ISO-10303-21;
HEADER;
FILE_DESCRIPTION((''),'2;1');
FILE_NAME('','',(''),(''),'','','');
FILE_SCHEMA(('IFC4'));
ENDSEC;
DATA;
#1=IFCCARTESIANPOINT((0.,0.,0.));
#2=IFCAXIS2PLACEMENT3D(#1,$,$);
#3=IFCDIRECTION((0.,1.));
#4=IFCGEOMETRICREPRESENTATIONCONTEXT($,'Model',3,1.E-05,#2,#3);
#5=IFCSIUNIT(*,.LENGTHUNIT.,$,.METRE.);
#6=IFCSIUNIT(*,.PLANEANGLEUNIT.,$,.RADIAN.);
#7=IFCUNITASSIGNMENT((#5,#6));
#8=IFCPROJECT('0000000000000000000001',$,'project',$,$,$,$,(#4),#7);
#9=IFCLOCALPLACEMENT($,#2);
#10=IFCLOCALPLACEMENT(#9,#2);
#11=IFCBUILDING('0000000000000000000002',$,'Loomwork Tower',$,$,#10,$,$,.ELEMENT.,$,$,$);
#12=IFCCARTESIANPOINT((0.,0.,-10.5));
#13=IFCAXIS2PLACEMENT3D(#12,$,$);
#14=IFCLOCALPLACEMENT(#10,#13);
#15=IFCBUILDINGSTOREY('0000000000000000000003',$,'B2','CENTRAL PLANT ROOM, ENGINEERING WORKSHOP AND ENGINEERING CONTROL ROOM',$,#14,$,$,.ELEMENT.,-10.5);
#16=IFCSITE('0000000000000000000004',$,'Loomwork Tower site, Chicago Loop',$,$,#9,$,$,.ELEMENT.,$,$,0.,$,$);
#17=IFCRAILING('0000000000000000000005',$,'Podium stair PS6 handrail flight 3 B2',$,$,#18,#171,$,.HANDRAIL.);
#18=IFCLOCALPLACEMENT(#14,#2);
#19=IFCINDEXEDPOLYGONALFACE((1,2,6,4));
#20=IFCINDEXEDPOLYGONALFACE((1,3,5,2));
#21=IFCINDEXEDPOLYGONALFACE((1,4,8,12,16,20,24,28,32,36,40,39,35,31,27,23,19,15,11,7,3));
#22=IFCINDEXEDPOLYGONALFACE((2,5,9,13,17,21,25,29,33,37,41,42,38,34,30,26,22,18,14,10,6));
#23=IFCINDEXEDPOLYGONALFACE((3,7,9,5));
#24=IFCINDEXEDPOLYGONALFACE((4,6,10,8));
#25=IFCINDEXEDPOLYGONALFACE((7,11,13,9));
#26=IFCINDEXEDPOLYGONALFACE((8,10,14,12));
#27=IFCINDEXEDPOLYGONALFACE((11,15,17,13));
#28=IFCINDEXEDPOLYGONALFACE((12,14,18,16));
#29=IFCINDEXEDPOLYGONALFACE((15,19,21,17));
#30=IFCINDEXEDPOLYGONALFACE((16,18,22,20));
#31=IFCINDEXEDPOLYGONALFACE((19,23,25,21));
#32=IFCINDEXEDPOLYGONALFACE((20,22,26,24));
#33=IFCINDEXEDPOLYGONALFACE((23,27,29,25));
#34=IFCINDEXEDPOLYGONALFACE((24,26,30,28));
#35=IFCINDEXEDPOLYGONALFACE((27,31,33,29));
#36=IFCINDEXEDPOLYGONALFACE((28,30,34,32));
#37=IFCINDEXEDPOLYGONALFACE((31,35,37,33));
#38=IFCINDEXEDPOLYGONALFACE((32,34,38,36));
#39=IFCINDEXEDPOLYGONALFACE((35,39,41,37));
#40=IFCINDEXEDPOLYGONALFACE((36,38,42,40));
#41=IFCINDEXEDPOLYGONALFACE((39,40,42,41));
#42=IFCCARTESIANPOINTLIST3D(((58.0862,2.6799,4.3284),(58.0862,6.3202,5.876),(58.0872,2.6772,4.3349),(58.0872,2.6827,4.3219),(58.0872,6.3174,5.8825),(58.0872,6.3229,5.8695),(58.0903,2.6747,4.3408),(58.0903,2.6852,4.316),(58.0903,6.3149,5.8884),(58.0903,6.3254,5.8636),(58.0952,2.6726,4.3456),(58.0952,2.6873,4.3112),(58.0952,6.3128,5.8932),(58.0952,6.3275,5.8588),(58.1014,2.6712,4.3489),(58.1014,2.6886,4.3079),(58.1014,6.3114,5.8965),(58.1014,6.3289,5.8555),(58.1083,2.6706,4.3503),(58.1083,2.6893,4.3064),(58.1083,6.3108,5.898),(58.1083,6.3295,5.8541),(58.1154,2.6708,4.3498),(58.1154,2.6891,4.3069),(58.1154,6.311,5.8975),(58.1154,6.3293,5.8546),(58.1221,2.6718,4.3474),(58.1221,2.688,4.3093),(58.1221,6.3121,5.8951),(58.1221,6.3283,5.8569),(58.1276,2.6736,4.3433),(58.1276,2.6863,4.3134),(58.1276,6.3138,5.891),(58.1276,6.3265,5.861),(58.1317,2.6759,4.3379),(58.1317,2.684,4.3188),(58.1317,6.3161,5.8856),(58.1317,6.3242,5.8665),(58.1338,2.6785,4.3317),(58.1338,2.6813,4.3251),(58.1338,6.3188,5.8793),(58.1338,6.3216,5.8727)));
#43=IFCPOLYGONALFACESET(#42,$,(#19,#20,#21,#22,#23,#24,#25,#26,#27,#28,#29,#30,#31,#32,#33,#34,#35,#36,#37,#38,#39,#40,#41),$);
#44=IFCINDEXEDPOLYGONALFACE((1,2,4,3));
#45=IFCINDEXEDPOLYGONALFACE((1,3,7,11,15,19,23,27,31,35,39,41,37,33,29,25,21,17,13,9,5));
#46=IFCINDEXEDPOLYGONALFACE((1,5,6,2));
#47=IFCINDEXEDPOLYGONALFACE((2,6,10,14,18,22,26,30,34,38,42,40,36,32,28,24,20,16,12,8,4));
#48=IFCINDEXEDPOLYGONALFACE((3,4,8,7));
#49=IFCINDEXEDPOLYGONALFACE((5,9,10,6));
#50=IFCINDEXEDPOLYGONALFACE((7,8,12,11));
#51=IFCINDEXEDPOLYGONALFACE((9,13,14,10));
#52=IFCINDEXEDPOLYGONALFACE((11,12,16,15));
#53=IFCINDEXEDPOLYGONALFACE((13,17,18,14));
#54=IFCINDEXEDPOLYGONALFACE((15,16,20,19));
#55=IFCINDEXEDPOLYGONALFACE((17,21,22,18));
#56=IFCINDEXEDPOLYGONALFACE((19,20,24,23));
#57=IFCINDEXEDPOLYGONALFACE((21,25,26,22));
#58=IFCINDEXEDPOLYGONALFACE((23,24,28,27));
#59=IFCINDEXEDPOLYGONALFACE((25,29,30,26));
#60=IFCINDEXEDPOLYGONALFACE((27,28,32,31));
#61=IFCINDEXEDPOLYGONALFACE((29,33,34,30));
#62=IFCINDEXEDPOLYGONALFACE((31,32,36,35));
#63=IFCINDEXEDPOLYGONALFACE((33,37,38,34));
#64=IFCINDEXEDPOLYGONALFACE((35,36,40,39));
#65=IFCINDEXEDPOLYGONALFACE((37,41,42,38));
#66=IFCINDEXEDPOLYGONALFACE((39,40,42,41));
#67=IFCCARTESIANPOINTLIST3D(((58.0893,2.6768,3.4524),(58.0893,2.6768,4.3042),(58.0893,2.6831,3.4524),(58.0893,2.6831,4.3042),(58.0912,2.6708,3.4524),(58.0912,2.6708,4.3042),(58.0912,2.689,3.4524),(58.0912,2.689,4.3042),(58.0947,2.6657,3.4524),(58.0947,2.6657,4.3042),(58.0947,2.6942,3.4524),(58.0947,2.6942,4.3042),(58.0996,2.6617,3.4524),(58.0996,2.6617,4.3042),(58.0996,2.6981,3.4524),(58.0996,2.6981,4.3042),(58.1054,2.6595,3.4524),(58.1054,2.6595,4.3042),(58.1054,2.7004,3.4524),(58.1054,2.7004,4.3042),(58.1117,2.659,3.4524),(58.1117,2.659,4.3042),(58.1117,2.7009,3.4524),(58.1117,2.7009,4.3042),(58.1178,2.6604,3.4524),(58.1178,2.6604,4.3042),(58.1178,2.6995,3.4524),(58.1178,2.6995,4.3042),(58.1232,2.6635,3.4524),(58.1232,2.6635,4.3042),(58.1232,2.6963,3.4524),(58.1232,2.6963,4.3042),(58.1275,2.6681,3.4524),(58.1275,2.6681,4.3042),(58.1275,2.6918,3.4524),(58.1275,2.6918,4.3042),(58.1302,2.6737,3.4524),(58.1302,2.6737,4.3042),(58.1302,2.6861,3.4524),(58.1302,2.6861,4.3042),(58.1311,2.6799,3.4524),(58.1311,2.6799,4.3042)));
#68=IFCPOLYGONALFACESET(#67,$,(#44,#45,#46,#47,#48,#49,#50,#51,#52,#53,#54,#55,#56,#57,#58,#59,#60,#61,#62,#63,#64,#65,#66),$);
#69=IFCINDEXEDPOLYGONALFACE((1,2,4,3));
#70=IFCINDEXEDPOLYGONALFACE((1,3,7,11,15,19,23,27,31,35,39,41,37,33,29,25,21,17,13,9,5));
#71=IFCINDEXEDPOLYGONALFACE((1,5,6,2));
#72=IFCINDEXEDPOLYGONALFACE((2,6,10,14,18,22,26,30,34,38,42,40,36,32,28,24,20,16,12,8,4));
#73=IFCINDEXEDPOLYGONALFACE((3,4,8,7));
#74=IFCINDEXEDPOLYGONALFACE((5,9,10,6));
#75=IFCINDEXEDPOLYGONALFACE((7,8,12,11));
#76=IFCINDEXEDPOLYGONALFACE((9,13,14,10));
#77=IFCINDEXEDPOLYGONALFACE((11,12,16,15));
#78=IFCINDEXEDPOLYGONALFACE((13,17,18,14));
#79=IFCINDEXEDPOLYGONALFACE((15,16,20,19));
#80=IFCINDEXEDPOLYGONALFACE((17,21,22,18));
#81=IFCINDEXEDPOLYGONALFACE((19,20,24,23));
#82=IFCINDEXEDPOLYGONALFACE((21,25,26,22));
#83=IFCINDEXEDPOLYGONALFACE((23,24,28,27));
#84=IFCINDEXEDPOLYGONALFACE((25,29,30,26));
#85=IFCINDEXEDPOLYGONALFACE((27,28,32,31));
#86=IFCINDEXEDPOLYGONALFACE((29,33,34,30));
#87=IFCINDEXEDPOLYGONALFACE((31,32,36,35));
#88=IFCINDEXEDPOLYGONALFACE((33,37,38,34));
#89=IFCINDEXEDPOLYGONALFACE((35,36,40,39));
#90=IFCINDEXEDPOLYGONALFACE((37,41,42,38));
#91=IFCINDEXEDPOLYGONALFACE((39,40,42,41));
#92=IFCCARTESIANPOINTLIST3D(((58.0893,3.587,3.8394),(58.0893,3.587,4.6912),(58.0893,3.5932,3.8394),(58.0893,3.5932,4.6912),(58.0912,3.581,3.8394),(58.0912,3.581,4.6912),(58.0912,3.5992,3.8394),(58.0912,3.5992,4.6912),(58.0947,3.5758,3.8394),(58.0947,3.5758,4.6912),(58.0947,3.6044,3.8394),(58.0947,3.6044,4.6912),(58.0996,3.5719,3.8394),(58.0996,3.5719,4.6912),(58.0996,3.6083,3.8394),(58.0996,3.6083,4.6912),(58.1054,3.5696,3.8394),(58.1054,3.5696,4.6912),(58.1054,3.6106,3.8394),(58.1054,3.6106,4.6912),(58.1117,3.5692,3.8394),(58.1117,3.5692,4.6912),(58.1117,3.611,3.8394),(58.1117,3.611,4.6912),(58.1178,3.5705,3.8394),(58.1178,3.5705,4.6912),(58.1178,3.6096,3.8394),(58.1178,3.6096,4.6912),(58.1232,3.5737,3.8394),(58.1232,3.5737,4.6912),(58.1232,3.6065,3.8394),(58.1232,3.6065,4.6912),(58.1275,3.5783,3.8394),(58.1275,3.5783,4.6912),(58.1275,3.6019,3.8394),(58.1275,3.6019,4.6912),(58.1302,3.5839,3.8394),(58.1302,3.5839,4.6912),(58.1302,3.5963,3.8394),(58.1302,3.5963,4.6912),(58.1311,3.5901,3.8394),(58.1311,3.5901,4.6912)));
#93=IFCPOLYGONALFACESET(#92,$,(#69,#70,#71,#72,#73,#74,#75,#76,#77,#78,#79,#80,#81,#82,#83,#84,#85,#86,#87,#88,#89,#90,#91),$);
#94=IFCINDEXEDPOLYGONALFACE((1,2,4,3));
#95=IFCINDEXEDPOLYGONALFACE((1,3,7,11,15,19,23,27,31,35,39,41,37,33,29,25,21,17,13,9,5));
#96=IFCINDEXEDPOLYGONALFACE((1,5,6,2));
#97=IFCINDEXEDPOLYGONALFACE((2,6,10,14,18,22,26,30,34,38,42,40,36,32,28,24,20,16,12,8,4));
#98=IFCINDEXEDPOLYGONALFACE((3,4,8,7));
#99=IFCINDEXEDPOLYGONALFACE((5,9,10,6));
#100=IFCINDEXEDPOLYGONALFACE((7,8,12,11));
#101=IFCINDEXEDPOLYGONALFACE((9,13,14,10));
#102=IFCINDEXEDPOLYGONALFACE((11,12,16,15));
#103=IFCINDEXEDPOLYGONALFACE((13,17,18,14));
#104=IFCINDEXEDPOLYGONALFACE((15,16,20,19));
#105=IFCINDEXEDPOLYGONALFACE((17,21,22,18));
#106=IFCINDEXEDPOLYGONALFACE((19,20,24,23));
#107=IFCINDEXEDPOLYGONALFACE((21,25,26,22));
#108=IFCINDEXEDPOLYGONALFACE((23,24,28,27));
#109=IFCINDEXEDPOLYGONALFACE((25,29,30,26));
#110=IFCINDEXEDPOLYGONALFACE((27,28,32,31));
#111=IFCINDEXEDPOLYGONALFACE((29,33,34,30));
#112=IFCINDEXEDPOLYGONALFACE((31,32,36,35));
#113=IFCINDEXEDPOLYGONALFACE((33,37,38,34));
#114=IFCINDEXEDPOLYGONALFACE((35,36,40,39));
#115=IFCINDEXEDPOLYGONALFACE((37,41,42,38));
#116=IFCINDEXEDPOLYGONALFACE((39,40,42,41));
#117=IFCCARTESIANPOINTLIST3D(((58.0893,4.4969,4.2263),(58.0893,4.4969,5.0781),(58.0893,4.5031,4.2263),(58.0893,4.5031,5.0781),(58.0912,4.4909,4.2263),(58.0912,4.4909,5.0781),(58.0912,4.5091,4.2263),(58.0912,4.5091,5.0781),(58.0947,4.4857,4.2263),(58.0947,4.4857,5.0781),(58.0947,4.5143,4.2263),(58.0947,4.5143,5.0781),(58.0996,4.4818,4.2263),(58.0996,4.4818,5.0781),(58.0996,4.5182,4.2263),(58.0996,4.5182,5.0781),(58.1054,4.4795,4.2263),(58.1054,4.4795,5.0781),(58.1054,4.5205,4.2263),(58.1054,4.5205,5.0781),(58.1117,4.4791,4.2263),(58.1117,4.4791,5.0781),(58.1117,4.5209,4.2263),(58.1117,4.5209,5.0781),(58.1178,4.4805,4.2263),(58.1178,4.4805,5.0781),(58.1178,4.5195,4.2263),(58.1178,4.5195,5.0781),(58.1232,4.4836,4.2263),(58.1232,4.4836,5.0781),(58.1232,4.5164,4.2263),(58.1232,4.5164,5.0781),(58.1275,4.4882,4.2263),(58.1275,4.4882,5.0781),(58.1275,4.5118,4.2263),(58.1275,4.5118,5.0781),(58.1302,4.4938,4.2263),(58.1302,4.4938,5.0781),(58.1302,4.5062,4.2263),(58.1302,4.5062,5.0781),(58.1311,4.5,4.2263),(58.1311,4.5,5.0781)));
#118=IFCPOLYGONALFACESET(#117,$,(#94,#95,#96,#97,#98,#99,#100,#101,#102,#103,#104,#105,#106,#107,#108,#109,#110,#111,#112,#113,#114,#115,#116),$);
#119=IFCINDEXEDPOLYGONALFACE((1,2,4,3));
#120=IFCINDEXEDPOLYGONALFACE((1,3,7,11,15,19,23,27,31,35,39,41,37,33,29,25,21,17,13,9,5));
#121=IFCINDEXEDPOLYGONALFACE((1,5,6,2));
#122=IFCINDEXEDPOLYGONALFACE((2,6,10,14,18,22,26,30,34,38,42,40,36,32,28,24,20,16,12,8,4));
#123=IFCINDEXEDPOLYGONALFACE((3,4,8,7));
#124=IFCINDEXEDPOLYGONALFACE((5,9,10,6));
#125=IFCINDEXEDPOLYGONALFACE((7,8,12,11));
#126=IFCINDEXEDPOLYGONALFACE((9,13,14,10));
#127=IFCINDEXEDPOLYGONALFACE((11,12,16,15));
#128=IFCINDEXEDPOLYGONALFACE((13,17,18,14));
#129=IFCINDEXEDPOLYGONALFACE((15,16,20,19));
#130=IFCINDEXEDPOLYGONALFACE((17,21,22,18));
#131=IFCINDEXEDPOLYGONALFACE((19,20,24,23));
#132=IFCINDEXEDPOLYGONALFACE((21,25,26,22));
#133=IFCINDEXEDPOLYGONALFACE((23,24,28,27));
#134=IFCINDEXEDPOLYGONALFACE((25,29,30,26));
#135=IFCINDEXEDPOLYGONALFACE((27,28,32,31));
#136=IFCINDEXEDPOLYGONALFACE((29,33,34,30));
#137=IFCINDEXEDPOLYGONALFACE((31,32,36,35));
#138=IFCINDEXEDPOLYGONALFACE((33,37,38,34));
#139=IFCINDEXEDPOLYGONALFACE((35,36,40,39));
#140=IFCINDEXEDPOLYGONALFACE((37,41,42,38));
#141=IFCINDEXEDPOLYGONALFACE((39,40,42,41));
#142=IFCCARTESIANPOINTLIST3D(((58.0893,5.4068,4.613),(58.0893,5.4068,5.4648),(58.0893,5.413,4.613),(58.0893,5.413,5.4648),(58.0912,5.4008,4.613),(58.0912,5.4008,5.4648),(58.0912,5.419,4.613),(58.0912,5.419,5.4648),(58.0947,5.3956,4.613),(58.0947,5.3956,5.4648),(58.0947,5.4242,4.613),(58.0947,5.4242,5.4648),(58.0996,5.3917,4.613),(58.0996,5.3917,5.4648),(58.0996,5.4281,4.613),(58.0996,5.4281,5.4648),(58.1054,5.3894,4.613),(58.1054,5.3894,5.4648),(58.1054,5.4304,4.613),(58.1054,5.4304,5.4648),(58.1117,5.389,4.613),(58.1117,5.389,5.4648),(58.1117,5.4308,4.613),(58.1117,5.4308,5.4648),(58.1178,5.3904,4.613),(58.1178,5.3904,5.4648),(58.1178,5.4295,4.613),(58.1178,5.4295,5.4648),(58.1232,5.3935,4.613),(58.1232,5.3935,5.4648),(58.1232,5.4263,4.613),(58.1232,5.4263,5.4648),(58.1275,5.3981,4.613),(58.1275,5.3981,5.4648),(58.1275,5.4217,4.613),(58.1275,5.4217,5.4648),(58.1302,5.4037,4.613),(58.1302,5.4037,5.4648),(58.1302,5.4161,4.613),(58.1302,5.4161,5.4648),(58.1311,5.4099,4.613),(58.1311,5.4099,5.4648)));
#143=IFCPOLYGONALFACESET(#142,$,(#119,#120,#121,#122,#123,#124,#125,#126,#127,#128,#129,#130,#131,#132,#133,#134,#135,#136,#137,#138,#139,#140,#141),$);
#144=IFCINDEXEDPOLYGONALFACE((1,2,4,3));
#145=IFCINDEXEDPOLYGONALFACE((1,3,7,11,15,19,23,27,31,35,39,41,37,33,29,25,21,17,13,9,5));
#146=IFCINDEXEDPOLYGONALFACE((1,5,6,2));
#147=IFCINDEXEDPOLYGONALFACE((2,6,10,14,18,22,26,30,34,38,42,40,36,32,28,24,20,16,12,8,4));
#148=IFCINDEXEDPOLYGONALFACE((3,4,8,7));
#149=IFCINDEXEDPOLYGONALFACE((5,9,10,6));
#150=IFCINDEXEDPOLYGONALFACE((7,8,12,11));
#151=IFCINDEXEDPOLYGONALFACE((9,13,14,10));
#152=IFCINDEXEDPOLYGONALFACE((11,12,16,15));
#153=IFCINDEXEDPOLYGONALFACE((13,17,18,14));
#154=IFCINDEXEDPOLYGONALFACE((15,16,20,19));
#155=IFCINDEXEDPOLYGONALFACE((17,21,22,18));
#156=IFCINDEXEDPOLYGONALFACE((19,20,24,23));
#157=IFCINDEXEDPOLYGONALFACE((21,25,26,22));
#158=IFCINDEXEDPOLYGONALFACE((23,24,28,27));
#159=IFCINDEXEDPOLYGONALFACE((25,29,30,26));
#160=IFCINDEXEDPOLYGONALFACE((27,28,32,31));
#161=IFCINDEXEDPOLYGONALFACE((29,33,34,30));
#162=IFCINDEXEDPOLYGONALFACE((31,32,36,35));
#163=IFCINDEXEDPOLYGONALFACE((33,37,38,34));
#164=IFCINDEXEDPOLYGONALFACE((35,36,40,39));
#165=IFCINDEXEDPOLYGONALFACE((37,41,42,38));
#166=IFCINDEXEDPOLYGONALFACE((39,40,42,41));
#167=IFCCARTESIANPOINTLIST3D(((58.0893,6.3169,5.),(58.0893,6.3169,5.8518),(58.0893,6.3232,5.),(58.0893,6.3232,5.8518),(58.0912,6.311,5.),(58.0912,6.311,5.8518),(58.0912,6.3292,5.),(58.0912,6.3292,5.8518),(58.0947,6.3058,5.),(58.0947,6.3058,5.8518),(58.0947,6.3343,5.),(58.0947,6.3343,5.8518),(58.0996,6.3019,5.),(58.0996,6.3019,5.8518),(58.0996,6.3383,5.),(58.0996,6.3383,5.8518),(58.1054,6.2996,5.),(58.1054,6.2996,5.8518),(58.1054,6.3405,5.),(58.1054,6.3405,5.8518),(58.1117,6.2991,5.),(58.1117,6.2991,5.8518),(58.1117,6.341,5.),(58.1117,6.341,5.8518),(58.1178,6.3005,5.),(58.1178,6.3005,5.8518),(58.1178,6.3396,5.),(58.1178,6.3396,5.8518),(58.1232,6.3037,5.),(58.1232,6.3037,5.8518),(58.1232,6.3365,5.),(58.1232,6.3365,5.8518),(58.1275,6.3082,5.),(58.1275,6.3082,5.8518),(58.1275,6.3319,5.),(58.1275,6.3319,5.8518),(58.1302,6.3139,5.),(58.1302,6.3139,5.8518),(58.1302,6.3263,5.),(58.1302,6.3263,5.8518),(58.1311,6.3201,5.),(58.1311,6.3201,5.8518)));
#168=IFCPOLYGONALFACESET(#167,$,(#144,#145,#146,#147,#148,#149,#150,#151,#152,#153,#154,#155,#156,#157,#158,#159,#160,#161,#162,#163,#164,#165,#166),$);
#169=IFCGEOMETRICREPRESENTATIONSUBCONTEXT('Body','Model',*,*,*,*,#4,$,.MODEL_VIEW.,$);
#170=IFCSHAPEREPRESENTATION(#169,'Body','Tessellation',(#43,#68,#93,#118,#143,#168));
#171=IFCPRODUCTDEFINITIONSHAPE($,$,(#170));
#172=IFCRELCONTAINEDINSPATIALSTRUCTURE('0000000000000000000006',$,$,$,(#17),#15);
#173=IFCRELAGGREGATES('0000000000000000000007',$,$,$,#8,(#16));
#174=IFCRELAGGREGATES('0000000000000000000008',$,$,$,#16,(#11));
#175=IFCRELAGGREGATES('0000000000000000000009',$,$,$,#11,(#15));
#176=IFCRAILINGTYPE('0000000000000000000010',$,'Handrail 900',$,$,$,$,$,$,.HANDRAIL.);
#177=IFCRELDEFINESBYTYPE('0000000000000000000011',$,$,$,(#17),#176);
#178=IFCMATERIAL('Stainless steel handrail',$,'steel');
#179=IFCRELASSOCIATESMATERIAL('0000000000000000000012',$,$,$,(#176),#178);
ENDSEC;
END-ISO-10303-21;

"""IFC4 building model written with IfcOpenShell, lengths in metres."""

from ifc_helpers import new_model, si_unit, direction, frame, origin, origin_2d, place, context, subcontext, project, spatial, circle, extrude, material, type_object, element, save


model = new_model("IFC4")

# Units and contexts
model_context = context("Model", 3, precision=1e-05, world=origin(), true_north=direction((0.0, 1.0)))
body_context = subcontext(model_context, "Body", "Model", "MODEL_VIEW")
ifc_project = project(units=[si_unit("LENGTHUNIT", "METRE"), si_unit("PLANEANGLEUNIT", "RADIAN")], contexts=[model_context])

# Site, building, storey
site_placement = place(None, origin())
site = spatial("IfcSite", under=ifc_project, at=site_placement, Name="Loomwork Tower site, Chicago Loop", CompositionType="ELEMENT", RefElevation=0.0)
building_placement = place(site_placement, origin())
building = spatial("IfcBuilding", under=site, at=building_placement, Name="Loomwork Tower", CompositionType="ELEMENT")
storey_placement = place(building_placement, frame((0.0, 0.0, -10.5)))
storey = spatial("IfcBuildingStorey", under=building, at=storey_placement, Name="B2", Description="CENTRAL PLANT ROOM, ENGINEERING WORKSHOP AND ENGINEERING CONTROL ROOM", CompositionType="ELEMENT", Elevation=-10.5)

# Railing
ifc_material_1 = material(Name="Stainless steel handrail", Category="steel")
railing_type = type_object("IfcRailingType", Name="Handrail 900", PredefinedType="HANDRAIL", material=ifc_material_1)
railing_1_placement = place(storey_placement, frame((58.1101, 2.6799, 3.4524)))
element("IfcRailing", 1, at=railing_1_placement, inside=storey, type_object=railing_type, Name="Podium stair PS6 handrail flight 3 B2", PredefinedType="HANDRAIL", context=body_context, shape_type="SweptSolid", body=[
    extrude(circle(Radius=0.0239, at=origin_2d()), frame((0.0, 0.0, 0.876), z_axis=(0.0, 0.920281, 0.391258), x_axis=(-1.0, 0.0, 0.0)), (0.0, 0.0, 1.0), 3.9556),
    extrude(circle(Radius=0.021, at=origin_2d()), origin(), (0.0, 0.0, 1.0), 0.8518),
    extrude(circle(Radius=0.021, at=origin_2d()), frame((0.0, 0.9102, 0.387)), (0.0, 0.0, 1.0), 0.8518),
    extrude(circle(Radius=0.021, at=origin_2d()), frame((0.0, 1.8201, 0.7739)), (0.0, 0.0, 1.0), 0.8518),
    extrude(circle(Radius=0.021, at=origin_2d()), frame((0.0, 2.73, 1.1606)), (0.0, 0.0, 1.0), 0.8518),
    extrude(circle(Radius=0.021, at=origin_2d()), frame((0.0, 3.6401, 1.5476)), (0.0, 0.0, 1.0), 0.8518),
])

save(model, "model.ifc")
